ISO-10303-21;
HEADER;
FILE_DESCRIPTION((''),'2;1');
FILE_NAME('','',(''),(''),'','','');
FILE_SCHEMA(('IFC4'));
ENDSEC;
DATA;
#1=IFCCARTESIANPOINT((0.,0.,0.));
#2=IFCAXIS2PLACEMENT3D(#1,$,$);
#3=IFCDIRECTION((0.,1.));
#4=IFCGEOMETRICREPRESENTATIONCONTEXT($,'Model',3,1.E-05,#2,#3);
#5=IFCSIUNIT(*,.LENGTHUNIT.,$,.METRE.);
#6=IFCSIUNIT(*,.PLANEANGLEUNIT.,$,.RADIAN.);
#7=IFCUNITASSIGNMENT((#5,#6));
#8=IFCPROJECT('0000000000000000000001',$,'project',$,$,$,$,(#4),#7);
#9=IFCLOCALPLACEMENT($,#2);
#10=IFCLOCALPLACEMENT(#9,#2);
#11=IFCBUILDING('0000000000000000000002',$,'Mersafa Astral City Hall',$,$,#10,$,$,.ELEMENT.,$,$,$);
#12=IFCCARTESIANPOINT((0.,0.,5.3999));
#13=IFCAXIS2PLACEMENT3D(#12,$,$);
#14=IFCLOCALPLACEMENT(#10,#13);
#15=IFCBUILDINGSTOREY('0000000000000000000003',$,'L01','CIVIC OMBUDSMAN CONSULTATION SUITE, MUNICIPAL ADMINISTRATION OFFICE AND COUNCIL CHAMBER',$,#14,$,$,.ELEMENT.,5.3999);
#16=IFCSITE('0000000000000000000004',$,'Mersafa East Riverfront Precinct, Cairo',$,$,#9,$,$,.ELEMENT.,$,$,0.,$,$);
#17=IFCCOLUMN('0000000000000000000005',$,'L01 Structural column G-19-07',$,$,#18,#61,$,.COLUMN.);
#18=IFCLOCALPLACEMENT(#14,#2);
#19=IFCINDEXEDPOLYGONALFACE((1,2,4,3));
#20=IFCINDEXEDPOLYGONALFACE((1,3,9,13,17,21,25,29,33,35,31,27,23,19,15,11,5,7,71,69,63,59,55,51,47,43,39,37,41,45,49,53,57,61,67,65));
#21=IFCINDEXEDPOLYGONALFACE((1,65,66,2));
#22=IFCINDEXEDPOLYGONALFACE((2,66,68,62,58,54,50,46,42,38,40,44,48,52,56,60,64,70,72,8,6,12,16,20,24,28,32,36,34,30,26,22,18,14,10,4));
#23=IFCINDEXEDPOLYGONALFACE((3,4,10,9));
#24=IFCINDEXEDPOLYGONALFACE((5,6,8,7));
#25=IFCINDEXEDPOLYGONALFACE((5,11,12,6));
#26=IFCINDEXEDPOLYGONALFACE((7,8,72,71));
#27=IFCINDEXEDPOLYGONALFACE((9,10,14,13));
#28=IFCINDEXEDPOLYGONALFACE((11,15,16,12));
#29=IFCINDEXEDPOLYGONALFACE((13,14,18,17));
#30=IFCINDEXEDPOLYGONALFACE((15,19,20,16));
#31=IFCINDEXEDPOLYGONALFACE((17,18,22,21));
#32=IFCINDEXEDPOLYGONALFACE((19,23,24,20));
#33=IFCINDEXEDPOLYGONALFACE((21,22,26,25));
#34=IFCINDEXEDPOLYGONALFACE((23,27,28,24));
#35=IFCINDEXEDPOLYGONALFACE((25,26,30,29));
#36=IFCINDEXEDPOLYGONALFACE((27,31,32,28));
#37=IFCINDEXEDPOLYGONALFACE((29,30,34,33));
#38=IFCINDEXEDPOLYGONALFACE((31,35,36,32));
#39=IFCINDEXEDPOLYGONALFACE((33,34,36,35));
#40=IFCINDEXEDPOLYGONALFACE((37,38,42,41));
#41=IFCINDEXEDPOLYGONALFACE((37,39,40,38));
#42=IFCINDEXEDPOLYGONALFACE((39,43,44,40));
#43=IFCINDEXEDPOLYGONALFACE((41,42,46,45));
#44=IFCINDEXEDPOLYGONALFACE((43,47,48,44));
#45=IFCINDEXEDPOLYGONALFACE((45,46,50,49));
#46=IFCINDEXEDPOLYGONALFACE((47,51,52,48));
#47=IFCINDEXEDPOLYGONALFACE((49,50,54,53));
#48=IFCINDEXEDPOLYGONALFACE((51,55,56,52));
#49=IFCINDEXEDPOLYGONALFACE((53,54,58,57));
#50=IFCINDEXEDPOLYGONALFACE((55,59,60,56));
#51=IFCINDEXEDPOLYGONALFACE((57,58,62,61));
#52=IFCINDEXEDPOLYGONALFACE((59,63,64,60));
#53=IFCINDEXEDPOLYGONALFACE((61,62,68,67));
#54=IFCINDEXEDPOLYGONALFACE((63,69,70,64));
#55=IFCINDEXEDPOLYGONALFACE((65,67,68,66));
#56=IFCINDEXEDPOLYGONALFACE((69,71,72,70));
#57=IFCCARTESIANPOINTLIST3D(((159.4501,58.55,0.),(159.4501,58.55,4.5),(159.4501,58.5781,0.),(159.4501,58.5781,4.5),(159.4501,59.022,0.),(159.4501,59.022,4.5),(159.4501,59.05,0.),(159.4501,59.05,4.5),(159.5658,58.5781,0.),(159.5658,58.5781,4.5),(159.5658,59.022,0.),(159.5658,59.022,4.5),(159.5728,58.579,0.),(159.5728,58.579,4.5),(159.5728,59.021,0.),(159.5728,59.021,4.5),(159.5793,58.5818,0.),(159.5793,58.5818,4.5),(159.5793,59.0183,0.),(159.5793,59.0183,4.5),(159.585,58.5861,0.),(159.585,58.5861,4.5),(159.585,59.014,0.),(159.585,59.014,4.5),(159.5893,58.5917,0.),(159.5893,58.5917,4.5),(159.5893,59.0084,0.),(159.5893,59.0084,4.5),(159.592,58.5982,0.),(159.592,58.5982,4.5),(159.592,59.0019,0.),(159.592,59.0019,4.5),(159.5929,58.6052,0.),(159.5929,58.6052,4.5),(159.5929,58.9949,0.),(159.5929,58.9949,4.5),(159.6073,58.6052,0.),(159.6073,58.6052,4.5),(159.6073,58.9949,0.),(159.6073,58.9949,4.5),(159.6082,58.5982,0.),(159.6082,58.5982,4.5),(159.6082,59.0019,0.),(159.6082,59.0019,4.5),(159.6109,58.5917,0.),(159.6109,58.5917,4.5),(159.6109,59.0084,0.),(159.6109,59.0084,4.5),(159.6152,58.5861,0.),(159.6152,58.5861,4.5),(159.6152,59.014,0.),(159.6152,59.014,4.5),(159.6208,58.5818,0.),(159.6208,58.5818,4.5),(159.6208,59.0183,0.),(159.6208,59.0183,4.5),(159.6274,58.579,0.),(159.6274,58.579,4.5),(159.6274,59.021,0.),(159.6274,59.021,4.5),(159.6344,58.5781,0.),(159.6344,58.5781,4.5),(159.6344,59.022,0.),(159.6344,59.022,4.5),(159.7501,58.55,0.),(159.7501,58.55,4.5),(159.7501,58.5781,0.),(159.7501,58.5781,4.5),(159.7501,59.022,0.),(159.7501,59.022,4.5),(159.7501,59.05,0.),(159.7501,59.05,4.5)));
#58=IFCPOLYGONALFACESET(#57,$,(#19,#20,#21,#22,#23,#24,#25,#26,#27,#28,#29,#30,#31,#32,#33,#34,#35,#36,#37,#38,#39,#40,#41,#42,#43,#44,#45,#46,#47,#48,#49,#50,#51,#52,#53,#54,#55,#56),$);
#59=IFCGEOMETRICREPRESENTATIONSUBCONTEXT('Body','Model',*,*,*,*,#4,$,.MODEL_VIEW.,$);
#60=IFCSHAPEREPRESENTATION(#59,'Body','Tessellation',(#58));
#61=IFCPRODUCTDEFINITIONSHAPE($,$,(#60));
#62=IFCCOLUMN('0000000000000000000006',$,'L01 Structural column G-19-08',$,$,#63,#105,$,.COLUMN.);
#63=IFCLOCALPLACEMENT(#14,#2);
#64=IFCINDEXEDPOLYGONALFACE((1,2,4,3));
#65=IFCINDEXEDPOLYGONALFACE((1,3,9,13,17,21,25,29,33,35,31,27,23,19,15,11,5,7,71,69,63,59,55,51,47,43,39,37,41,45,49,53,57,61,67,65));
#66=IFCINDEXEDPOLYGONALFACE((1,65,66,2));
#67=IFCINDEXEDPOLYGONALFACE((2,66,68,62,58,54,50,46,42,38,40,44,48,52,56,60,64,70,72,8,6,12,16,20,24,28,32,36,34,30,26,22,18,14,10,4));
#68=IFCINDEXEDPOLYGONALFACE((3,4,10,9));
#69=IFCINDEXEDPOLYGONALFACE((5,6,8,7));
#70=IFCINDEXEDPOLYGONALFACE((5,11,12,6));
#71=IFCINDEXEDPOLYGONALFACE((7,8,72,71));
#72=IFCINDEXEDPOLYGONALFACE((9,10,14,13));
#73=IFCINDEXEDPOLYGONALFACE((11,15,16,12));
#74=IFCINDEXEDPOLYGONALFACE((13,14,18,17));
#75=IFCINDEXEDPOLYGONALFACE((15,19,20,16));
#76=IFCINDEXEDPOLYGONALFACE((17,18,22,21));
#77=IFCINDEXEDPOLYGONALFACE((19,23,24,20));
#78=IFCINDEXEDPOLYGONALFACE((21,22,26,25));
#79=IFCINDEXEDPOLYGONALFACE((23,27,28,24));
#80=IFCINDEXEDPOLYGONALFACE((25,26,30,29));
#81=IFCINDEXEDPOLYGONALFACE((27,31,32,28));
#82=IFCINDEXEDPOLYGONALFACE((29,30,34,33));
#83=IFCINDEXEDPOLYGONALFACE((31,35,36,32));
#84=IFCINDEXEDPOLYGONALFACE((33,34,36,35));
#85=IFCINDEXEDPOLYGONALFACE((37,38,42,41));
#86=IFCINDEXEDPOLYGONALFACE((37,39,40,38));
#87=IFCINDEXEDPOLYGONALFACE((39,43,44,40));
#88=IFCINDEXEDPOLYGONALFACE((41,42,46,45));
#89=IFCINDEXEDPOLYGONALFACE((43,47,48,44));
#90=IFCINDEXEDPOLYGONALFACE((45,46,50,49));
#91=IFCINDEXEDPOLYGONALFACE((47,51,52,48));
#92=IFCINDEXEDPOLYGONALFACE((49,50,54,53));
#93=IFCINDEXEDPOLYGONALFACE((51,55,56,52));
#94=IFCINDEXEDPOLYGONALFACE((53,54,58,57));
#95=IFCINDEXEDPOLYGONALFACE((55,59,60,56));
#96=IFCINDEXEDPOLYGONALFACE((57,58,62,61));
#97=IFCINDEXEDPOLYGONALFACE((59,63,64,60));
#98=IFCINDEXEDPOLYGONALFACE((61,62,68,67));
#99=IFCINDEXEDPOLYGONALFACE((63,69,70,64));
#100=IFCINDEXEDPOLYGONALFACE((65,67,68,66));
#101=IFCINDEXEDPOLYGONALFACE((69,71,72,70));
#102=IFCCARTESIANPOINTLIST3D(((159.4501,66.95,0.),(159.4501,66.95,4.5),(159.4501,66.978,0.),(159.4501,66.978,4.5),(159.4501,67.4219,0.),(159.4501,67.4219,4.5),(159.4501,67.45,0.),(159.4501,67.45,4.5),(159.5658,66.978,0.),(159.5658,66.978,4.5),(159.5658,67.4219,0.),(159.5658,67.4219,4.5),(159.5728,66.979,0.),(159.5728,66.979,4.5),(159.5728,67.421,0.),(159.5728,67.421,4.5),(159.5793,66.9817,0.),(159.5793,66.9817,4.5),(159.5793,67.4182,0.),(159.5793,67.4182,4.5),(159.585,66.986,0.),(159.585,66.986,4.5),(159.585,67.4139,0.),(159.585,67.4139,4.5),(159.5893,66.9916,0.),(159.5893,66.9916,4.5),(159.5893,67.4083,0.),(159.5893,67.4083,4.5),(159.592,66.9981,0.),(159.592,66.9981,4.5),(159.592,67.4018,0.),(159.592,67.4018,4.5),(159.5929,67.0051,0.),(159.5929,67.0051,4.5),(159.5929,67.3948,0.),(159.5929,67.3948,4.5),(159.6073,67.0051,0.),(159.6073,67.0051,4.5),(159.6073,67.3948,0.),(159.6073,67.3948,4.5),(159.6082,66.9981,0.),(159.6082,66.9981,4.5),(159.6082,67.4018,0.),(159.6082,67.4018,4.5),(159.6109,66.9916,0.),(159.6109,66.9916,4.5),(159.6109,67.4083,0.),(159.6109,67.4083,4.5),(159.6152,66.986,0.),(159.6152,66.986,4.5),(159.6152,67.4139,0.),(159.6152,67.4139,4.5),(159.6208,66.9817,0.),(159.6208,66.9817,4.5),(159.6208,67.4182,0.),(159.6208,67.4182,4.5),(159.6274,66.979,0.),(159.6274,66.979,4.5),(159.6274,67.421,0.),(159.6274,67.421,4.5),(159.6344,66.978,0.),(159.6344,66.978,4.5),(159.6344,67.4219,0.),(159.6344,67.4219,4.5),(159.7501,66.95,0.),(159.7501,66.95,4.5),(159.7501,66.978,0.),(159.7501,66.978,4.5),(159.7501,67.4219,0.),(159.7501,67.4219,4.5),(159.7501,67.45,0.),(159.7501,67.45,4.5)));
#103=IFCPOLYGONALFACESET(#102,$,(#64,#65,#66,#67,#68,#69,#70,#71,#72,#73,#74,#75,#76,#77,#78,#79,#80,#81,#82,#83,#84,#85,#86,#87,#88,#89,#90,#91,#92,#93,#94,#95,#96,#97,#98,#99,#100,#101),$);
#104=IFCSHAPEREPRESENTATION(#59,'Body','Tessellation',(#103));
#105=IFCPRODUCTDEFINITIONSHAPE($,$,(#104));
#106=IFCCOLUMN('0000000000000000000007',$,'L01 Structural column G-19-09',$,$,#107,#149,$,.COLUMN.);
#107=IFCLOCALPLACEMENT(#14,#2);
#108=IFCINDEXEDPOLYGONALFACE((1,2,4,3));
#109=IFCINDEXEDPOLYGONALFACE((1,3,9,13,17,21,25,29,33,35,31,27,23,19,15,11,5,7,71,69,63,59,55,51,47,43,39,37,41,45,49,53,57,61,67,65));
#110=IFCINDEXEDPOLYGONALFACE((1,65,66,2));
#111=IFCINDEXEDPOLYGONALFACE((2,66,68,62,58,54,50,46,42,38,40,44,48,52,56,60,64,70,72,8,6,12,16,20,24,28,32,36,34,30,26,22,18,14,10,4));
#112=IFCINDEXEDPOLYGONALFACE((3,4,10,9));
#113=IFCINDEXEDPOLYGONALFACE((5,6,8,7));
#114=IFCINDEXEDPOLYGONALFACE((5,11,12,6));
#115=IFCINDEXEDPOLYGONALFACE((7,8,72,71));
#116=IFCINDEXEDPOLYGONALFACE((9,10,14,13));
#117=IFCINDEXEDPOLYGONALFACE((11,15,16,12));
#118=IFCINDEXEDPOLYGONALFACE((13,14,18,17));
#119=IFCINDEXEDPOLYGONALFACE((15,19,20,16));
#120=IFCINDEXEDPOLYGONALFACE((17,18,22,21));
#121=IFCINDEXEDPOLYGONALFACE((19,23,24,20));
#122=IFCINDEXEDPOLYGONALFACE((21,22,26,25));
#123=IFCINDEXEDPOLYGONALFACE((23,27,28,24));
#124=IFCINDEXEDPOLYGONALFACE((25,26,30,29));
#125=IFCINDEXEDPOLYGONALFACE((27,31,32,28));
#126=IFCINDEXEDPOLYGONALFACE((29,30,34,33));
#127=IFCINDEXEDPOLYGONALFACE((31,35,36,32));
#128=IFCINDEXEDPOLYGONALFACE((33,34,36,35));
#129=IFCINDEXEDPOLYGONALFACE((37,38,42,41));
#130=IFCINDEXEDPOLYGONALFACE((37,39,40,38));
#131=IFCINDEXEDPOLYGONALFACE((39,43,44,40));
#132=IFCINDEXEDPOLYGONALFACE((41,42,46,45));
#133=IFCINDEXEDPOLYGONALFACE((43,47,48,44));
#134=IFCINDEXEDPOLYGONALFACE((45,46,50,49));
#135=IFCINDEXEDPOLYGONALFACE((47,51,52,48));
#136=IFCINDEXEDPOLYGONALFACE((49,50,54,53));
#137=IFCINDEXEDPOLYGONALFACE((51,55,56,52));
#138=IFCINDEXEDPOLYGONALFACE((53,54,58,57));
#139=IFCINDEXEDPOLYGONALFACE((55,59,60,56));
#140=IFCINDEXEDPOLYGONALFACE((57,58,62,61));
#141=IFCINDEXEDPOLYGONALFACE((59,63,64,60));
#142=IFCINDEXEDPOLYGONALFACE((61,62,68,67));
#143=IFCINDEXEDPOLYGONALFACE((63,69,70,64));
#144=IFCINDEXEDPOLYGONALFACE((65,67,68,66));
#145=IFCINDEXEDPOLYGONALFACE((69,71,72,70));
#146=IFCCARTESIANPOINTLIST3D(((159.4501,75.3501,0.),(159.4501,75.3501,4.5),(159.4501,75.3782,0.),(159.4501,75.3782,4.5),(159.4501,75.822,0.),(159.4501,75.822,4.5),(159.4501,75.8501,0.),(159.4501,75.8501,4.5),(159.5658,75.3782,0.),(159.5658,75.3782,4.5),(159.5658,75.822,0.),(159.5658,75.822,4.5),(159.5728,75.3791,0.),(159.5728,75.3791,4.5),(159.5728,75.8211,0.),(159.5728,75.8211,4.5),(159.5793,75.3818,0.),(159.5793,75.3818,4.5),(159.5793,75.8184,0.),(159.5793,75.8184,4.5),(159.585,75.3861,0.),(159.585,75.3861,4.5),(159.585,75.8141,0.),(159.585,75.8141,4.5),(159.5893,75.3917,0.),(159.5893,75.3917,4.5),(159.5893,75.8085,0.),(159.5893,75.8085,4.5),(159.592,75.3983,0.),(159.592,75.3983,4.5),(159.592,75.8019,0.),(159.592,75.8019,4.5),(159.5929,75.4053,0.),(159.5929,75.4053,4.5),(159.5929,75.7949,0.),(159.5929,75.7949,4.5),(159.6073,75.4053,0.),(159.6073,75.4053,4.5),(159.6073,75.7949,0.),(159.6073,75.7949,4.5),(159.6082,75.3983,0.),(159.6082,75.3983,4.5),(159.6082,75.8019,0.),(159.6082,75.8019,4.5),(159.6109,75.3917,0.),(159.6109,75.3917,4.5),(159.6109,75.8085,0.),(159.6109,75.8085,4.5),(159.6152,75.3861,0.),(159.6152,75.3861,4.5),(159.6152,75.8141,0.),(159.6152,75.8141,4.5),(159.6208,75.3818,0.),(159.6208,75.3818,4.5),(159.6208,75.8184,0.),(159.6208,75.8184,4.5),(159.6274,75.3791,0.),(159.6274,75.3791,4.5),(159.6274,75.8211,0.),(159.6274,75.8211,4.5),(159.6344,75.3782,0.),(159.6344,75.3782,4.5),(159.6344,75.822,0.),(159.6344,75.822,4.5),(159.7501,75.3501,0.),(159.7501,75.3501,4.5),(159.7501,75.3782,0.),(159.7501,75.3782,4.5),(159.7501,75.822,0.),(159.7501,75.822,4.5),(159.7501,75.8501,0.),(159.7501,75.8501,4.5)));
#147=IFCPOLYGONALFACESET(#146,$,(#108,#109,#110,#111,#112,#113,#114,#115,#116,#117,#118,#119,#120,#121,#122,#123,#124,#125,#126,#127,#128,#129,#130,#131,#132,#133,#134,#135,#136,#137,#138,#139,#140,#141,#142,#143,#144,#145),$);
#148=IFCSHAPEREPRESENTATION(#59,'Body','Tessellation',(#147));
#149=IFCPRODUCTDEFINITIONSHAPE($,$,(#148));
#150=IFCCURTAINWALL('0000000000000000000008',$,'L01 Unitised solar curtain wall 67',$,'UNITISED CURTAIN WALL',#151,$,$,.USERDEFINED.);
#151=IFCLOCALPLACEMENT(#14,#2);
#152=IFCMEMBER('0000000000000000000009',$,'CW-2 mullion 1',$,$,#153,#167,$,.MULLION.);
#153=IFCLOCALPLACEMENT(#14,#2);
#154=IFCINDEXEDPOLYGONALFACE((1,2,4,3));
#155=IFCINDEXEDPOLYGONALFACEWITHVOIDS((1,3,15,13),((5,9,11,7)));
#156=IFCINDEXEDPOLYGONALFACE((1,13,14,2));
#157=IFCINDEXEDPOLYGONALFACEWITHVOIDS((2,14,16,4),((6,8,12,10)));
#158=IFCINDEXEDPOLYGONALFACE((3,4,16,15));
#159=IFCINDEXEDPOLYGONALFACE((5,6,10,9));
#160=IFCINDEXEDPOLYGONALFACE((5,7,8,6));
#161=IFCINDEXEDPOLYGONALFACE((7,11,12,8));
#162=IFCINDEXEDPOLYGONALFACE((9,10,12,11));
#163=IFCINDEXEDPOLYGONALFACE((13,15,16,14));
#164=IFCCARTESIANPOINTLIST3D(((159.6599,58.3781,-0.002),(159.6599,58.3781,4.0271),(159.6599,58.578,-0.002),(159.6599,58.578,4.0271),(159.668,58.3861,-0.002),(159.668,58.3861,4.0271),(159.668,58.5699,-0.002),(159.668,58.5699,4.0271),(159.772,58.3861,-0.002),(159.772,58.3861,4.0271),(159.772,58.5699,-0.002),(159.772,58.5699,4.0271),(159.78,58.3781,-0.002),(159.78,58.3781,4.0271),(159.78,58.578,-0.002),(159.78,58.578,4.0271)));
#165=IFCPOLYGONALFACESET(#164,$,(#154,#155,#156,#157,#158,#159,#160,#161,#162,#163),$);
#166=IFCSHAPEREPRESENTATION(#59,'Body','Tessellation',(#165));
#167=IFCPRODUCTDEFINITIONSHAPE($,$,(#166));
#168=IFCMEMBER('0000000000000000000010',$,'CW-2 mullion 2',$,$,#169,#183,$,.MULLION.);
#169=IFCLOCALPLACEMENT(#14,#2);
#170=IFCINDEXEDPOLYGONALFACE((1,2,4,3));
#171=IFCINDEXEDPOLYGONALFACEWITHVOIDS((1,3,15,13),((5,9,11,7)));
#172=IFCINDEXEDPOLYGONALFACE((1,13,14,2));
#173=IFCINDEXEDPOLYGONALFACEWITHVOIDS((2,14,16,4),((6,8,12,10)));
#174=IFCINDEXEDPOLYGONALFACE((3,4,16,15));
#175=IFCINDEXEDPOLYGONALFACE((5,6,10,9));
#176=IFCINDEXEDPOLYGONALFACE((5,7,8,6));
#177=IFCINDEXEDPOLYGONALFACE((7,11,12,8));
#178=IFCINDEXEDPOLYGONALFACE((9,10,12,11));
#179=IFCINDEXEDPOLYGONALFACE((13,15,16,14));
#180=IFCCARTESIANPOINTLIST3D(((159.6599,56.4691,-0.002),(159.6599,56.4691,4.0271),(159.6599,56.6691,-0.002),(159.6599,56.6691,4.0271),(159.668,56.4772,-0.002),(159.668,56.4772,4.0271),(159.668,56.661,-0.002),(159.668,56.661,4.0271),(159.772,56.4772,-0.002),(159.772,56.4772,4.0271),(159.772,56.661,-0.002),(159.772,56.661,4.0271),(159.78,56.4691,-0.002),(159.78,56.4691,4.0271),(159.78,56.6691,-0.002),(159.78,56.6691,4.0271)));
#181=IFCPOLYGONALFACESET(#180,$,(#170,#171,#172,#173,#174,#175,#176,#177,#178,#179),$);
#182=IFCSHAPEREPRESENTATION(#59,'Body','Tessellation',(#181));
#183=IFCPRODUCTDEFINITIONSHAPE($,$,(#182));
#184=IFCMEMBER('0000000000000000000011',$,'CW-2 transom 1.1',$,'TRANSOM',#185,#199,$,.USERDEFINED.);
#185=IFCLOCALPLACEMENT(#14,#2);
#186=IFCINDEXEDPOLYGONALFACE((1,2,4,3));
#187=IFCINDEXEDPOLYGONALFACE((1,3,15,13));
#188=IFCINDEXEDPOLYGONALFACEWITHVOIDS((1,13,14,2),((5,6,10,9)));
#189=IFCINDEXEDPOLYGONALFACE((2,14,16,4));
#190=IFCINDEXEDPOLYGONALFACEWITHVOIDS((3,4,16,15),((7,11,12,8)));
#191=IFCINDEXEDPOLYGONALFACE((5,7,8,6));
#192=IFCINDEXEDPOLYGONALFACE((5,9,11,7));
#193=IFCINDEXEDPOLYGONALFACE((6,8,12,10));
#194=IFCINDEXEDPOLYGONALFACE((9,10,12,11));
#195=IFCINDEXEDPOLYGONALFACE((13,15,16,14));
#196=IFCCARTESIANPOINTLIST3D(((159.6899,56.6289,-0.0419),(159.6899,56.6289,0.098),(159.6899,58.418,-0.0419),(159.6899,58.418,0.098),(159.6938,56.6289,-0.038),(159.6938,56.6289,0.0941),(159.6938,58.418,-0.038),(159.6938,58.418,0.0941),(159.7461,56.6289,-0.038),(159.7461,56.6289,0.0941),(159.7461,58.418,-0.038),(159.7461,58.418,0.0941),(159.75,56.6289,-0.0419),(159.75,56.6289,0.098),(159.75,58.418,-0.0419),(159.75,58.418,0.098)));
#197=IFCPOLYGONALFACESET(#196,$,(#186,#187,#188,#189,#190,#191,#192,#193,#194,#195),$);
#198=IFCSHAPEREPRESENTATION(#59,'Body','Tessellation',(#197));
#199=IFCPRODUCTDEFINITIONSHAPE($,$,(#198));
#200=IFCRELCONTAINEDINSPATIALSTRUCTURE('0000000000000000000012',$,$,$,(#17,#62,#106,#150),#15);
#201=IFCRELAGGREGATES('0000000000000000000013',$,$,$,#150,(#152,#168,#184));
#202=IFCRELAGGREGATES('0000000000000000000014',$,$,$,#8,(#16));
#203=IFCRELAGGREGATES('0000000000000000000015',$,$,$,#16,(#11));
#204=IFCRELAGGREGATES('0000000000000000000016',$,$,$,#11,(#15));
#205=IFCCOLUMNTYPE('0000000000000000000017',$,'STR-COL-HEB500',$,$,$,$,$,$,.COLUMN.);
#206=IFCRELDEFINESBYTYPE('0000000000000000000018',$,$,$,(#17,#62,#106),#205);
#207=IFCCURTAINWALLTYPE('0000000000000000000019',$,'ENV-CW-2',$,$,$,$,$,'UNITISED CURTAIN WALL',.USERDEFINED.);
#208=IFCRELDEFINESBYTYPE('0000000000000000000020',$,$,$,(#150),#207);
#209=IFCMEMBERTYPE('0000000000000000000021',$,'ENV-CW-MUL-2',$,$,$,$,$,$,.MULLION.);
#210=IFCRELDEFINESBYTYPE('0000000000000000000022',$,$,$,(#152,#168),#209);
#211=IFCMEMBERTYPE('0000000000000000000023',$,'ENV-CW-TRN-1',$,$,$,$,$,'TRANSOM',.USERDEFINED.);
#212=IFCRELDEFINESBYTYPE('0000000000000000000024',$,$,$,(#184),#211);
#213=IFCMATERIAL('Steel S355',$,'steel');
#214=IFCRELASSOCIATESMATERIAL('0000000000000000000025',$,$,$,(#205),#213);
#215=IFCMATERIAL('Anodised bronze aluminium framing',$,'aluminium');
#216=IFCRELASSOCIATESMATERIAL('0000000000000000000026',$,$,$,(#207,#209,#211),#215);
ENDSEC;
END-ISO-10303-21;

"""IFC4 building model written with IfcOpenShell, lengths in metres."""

from ifc_helpers import new_model, si_unit, direction, frame, origin, origin_2d, place, context, subcontext, project, spatial, hollow_rectangle, i_section, extrude, material, material_profile, profile_set, type_object, element, aggregate, save


model = new_model("IFC4")

# Units and contexts
model_context = context("Model", 3, precision=1e-05, world=origin(), true_north=direction((0.0, 1.0)))
body_context = subcontext(model_context, "Body", "Model", "MODEL_VIEW")
ifc_project = project(units=[si_unit("LENGTHUNIT", "METRE"), si_unit("PLANEANGLEUNIT", "RADIAN")], contexts=[model_context])

# Site, building, storey
site_placement = place(None, origin())
site = spatial("IfcSite", under=ifc_project, at=site_placement, Name="Mersafa East Riverfront Precinct, Cairo", CompositionType="ELEMENT", RefElevation=0.0)
building_placement = place(site_placement, origin())
building = spatial("IfcBuilding", under=site, at=building_placement, Name="Mersafa Astral City Hall", CompositionType="ELEMENT")
storey_placement = place(building_placement, frame((0.0, 0.0, 5.3999)))
storey = spatial("IfcBuildingStorey", under=building, at=storey_placement, Name="L01", Description="CIVIC OMBUDSMAN CONSULTATION SUITE, MUNICIPAL ADMINISTRATION OFFICE AND COUNCIL CHAMBER", CompositionType="ELEMENT", Elevation=5.3999)

# Columns
ifc_material_1 = material(Name="Steel S355", Category="steel")
ifc_material_profile_1 = material_profile(ifc_material_1, i_section(OverallWidth=0.3, OverallDepth=0.5, WebThickness=0.0144, FlangeThickness=0.0281, FilletRadius=0.0271, at=origin_2d()), Name="HEB 500")
ifc_profile_set_1 = profile_set([ifc_material_profile_1], Name="Steel S355")
column_type = type_object("IfcColumnType", Name="STR-COL-HEB500", PredefinedType="COLUMN", material=ifc_profile_set_1)
for number, where, z_axis, x_axis, name in (
    (1, (159.6001, 58.8, 0.0), (0.0, 0.0, 1.0), (1.0, 0.0, 0.0), "L01 Structural column G-19-07"),
    (2, (159.6001, 67.2, 0.0), (0.0, 0.0, 1.0), (1.0, 0.0, 0.0), "L01 Structural column G-19-08"),
    (3, (159.6001, 75.6001, 0.0), (0.0, 0.0, 1.0), (1.0, 0.0, 0.0), "L01 Structural column G-19-09"),
):
    element("IfcColumn", number, at=place(storey_placement, frame(where, z_axis=z_axis, x_axis=x_axis)), inside=storey, type_object=column_type, Name=name, PredefinedType="COLUMN", context=body_context, shape_type="SweptSolid", body=[
        extrude(i_section(OverallWidth=0.3, OverallDepth=0.5, WebThickness=0.0144, FlangeThickness=0.0281, FilletRadius=0.0271, at=origin_2d()), origin(), (0.0, 0.0, 1.0), 4.5),
    ])

# Curtain wall, members
ifc_material_2 = material(Name="Anodised bronze aluminium framing", Category="aluminium")
curtain_wall_type = type_object("IfcCurtainWallType", Name="ENV-CW-2", ElementType="UNITISED CURTAIN WALL", PredefinedType="USERDEFINED", material=ifc_material_2)
curtain_wall_placement = place(storey_placement, origin())
curtain_wall = element("IfcCurtainWall", 4, at=curtain_wall_placement, inside=storey, type_object=curtain_wall_type, Name="L01 Unitised solar curtain wall 67", ObjectType="UNITISED CURTAIN WALL", PredefinedType="USERDEFINED")
ifc_material_profile_2 = material_profile(ifc_material_2, hollow_rectangle(XDim=0.1201, YDim=0.2, WallThickness=0.0081, at=origin_2d()), Name="RHS 120x200x8")
ifc_profile_set_2 = profile_set([ifc_material_profile_2], Name="Anodised bronze aluminium framing")
member_type_1 = type_object("IfcMemberType", Name="ENV-CW-MUL-2", PredefinedType="MULLION", material=ifc_profile_set_2)
member_1_placement = place(storey_placement, frame((159.72, 58.478, -0.002), z_axis=(0.0, 0.0, 1.0), x_axis=(1.0, 0.0, 0.0)))
member_1 = element("IfcMember", 5, at=member_1_placement, type_object=member_type_1, Name="CW-2 mullion 1", PredefinedType="MULLION", context=body_context, shape_type="SweptSolid", body=[
    extrude(hollow_rectangle(XDim=0.1201, YDim=0.2, WallThickness=0.0081, at=origin_2d()), origin(), (0.0, 0.0, 1.0), 4.0291),
])
member_2_placement = place(storey_placement, frame((159.72, 56.5691, -0.002), z_axis=(0.0, 0.0, 1.0), x_axis=(1.0, 0.0, 0.0)))
member_2 = element("IfcMember", 6, at=member_2_placement, type_object=member_type_1, Name="CW-2 mullion 2", PredefinedType="MULLION", context=body_context, shape_type="SweptSolid", body=[
    extrude(hollow_rectangle(XDim=0.1201, YDim=0.2, WallThickness=0.0081, at=origin_2d()), origin(), (0.0, 0.0, 1.0), 4.0291),
])
ifc_material_profile_3 = material_profile(ifc_material_2, hollow_rectangle(XDim=0.0601, YDim=0.1399, WallThickness=0.0039, at=origin_2d()), Name="RHS 60x140x4")
ifc_profile_set_3 = profile_set([ifc_material_profile_3], Name="Anodised bronze aluminium framing")
member_type_2 = type_object("IfcMemberType", Name="ENV-CW-TRN-1", ElementType="TRANSOM", PredefinedType="USERDEFINED", material=ifc_profile_set_3)
member_3_placement = place(storey_placement, frame((159.72, 58.418, 0.0281), z_axis=(0.0, -1.0, 0.0), x_axis=(1.0, 0.0, 0.0)))
member_3 = element("IfcMember", 7, at=member_3_placement, type_object=member_type_2, Name="CW-2 transom 1.1", ObjectType="TRANSOM", PredefinedType="USERDEFINED", context=body_context, shape_type="SweptSolid", body=[
    extrude(hollow_rectangle(XDim=0.0601, YDim=0.1399, WallThickness=0.0039, at=origin_2d()), origin(), (0.0, 0.0, 1.0), 1.7891),
])

aggregate(curtain_wall, [member_1, member_2, member_3])

save(model, "model.ifc")
